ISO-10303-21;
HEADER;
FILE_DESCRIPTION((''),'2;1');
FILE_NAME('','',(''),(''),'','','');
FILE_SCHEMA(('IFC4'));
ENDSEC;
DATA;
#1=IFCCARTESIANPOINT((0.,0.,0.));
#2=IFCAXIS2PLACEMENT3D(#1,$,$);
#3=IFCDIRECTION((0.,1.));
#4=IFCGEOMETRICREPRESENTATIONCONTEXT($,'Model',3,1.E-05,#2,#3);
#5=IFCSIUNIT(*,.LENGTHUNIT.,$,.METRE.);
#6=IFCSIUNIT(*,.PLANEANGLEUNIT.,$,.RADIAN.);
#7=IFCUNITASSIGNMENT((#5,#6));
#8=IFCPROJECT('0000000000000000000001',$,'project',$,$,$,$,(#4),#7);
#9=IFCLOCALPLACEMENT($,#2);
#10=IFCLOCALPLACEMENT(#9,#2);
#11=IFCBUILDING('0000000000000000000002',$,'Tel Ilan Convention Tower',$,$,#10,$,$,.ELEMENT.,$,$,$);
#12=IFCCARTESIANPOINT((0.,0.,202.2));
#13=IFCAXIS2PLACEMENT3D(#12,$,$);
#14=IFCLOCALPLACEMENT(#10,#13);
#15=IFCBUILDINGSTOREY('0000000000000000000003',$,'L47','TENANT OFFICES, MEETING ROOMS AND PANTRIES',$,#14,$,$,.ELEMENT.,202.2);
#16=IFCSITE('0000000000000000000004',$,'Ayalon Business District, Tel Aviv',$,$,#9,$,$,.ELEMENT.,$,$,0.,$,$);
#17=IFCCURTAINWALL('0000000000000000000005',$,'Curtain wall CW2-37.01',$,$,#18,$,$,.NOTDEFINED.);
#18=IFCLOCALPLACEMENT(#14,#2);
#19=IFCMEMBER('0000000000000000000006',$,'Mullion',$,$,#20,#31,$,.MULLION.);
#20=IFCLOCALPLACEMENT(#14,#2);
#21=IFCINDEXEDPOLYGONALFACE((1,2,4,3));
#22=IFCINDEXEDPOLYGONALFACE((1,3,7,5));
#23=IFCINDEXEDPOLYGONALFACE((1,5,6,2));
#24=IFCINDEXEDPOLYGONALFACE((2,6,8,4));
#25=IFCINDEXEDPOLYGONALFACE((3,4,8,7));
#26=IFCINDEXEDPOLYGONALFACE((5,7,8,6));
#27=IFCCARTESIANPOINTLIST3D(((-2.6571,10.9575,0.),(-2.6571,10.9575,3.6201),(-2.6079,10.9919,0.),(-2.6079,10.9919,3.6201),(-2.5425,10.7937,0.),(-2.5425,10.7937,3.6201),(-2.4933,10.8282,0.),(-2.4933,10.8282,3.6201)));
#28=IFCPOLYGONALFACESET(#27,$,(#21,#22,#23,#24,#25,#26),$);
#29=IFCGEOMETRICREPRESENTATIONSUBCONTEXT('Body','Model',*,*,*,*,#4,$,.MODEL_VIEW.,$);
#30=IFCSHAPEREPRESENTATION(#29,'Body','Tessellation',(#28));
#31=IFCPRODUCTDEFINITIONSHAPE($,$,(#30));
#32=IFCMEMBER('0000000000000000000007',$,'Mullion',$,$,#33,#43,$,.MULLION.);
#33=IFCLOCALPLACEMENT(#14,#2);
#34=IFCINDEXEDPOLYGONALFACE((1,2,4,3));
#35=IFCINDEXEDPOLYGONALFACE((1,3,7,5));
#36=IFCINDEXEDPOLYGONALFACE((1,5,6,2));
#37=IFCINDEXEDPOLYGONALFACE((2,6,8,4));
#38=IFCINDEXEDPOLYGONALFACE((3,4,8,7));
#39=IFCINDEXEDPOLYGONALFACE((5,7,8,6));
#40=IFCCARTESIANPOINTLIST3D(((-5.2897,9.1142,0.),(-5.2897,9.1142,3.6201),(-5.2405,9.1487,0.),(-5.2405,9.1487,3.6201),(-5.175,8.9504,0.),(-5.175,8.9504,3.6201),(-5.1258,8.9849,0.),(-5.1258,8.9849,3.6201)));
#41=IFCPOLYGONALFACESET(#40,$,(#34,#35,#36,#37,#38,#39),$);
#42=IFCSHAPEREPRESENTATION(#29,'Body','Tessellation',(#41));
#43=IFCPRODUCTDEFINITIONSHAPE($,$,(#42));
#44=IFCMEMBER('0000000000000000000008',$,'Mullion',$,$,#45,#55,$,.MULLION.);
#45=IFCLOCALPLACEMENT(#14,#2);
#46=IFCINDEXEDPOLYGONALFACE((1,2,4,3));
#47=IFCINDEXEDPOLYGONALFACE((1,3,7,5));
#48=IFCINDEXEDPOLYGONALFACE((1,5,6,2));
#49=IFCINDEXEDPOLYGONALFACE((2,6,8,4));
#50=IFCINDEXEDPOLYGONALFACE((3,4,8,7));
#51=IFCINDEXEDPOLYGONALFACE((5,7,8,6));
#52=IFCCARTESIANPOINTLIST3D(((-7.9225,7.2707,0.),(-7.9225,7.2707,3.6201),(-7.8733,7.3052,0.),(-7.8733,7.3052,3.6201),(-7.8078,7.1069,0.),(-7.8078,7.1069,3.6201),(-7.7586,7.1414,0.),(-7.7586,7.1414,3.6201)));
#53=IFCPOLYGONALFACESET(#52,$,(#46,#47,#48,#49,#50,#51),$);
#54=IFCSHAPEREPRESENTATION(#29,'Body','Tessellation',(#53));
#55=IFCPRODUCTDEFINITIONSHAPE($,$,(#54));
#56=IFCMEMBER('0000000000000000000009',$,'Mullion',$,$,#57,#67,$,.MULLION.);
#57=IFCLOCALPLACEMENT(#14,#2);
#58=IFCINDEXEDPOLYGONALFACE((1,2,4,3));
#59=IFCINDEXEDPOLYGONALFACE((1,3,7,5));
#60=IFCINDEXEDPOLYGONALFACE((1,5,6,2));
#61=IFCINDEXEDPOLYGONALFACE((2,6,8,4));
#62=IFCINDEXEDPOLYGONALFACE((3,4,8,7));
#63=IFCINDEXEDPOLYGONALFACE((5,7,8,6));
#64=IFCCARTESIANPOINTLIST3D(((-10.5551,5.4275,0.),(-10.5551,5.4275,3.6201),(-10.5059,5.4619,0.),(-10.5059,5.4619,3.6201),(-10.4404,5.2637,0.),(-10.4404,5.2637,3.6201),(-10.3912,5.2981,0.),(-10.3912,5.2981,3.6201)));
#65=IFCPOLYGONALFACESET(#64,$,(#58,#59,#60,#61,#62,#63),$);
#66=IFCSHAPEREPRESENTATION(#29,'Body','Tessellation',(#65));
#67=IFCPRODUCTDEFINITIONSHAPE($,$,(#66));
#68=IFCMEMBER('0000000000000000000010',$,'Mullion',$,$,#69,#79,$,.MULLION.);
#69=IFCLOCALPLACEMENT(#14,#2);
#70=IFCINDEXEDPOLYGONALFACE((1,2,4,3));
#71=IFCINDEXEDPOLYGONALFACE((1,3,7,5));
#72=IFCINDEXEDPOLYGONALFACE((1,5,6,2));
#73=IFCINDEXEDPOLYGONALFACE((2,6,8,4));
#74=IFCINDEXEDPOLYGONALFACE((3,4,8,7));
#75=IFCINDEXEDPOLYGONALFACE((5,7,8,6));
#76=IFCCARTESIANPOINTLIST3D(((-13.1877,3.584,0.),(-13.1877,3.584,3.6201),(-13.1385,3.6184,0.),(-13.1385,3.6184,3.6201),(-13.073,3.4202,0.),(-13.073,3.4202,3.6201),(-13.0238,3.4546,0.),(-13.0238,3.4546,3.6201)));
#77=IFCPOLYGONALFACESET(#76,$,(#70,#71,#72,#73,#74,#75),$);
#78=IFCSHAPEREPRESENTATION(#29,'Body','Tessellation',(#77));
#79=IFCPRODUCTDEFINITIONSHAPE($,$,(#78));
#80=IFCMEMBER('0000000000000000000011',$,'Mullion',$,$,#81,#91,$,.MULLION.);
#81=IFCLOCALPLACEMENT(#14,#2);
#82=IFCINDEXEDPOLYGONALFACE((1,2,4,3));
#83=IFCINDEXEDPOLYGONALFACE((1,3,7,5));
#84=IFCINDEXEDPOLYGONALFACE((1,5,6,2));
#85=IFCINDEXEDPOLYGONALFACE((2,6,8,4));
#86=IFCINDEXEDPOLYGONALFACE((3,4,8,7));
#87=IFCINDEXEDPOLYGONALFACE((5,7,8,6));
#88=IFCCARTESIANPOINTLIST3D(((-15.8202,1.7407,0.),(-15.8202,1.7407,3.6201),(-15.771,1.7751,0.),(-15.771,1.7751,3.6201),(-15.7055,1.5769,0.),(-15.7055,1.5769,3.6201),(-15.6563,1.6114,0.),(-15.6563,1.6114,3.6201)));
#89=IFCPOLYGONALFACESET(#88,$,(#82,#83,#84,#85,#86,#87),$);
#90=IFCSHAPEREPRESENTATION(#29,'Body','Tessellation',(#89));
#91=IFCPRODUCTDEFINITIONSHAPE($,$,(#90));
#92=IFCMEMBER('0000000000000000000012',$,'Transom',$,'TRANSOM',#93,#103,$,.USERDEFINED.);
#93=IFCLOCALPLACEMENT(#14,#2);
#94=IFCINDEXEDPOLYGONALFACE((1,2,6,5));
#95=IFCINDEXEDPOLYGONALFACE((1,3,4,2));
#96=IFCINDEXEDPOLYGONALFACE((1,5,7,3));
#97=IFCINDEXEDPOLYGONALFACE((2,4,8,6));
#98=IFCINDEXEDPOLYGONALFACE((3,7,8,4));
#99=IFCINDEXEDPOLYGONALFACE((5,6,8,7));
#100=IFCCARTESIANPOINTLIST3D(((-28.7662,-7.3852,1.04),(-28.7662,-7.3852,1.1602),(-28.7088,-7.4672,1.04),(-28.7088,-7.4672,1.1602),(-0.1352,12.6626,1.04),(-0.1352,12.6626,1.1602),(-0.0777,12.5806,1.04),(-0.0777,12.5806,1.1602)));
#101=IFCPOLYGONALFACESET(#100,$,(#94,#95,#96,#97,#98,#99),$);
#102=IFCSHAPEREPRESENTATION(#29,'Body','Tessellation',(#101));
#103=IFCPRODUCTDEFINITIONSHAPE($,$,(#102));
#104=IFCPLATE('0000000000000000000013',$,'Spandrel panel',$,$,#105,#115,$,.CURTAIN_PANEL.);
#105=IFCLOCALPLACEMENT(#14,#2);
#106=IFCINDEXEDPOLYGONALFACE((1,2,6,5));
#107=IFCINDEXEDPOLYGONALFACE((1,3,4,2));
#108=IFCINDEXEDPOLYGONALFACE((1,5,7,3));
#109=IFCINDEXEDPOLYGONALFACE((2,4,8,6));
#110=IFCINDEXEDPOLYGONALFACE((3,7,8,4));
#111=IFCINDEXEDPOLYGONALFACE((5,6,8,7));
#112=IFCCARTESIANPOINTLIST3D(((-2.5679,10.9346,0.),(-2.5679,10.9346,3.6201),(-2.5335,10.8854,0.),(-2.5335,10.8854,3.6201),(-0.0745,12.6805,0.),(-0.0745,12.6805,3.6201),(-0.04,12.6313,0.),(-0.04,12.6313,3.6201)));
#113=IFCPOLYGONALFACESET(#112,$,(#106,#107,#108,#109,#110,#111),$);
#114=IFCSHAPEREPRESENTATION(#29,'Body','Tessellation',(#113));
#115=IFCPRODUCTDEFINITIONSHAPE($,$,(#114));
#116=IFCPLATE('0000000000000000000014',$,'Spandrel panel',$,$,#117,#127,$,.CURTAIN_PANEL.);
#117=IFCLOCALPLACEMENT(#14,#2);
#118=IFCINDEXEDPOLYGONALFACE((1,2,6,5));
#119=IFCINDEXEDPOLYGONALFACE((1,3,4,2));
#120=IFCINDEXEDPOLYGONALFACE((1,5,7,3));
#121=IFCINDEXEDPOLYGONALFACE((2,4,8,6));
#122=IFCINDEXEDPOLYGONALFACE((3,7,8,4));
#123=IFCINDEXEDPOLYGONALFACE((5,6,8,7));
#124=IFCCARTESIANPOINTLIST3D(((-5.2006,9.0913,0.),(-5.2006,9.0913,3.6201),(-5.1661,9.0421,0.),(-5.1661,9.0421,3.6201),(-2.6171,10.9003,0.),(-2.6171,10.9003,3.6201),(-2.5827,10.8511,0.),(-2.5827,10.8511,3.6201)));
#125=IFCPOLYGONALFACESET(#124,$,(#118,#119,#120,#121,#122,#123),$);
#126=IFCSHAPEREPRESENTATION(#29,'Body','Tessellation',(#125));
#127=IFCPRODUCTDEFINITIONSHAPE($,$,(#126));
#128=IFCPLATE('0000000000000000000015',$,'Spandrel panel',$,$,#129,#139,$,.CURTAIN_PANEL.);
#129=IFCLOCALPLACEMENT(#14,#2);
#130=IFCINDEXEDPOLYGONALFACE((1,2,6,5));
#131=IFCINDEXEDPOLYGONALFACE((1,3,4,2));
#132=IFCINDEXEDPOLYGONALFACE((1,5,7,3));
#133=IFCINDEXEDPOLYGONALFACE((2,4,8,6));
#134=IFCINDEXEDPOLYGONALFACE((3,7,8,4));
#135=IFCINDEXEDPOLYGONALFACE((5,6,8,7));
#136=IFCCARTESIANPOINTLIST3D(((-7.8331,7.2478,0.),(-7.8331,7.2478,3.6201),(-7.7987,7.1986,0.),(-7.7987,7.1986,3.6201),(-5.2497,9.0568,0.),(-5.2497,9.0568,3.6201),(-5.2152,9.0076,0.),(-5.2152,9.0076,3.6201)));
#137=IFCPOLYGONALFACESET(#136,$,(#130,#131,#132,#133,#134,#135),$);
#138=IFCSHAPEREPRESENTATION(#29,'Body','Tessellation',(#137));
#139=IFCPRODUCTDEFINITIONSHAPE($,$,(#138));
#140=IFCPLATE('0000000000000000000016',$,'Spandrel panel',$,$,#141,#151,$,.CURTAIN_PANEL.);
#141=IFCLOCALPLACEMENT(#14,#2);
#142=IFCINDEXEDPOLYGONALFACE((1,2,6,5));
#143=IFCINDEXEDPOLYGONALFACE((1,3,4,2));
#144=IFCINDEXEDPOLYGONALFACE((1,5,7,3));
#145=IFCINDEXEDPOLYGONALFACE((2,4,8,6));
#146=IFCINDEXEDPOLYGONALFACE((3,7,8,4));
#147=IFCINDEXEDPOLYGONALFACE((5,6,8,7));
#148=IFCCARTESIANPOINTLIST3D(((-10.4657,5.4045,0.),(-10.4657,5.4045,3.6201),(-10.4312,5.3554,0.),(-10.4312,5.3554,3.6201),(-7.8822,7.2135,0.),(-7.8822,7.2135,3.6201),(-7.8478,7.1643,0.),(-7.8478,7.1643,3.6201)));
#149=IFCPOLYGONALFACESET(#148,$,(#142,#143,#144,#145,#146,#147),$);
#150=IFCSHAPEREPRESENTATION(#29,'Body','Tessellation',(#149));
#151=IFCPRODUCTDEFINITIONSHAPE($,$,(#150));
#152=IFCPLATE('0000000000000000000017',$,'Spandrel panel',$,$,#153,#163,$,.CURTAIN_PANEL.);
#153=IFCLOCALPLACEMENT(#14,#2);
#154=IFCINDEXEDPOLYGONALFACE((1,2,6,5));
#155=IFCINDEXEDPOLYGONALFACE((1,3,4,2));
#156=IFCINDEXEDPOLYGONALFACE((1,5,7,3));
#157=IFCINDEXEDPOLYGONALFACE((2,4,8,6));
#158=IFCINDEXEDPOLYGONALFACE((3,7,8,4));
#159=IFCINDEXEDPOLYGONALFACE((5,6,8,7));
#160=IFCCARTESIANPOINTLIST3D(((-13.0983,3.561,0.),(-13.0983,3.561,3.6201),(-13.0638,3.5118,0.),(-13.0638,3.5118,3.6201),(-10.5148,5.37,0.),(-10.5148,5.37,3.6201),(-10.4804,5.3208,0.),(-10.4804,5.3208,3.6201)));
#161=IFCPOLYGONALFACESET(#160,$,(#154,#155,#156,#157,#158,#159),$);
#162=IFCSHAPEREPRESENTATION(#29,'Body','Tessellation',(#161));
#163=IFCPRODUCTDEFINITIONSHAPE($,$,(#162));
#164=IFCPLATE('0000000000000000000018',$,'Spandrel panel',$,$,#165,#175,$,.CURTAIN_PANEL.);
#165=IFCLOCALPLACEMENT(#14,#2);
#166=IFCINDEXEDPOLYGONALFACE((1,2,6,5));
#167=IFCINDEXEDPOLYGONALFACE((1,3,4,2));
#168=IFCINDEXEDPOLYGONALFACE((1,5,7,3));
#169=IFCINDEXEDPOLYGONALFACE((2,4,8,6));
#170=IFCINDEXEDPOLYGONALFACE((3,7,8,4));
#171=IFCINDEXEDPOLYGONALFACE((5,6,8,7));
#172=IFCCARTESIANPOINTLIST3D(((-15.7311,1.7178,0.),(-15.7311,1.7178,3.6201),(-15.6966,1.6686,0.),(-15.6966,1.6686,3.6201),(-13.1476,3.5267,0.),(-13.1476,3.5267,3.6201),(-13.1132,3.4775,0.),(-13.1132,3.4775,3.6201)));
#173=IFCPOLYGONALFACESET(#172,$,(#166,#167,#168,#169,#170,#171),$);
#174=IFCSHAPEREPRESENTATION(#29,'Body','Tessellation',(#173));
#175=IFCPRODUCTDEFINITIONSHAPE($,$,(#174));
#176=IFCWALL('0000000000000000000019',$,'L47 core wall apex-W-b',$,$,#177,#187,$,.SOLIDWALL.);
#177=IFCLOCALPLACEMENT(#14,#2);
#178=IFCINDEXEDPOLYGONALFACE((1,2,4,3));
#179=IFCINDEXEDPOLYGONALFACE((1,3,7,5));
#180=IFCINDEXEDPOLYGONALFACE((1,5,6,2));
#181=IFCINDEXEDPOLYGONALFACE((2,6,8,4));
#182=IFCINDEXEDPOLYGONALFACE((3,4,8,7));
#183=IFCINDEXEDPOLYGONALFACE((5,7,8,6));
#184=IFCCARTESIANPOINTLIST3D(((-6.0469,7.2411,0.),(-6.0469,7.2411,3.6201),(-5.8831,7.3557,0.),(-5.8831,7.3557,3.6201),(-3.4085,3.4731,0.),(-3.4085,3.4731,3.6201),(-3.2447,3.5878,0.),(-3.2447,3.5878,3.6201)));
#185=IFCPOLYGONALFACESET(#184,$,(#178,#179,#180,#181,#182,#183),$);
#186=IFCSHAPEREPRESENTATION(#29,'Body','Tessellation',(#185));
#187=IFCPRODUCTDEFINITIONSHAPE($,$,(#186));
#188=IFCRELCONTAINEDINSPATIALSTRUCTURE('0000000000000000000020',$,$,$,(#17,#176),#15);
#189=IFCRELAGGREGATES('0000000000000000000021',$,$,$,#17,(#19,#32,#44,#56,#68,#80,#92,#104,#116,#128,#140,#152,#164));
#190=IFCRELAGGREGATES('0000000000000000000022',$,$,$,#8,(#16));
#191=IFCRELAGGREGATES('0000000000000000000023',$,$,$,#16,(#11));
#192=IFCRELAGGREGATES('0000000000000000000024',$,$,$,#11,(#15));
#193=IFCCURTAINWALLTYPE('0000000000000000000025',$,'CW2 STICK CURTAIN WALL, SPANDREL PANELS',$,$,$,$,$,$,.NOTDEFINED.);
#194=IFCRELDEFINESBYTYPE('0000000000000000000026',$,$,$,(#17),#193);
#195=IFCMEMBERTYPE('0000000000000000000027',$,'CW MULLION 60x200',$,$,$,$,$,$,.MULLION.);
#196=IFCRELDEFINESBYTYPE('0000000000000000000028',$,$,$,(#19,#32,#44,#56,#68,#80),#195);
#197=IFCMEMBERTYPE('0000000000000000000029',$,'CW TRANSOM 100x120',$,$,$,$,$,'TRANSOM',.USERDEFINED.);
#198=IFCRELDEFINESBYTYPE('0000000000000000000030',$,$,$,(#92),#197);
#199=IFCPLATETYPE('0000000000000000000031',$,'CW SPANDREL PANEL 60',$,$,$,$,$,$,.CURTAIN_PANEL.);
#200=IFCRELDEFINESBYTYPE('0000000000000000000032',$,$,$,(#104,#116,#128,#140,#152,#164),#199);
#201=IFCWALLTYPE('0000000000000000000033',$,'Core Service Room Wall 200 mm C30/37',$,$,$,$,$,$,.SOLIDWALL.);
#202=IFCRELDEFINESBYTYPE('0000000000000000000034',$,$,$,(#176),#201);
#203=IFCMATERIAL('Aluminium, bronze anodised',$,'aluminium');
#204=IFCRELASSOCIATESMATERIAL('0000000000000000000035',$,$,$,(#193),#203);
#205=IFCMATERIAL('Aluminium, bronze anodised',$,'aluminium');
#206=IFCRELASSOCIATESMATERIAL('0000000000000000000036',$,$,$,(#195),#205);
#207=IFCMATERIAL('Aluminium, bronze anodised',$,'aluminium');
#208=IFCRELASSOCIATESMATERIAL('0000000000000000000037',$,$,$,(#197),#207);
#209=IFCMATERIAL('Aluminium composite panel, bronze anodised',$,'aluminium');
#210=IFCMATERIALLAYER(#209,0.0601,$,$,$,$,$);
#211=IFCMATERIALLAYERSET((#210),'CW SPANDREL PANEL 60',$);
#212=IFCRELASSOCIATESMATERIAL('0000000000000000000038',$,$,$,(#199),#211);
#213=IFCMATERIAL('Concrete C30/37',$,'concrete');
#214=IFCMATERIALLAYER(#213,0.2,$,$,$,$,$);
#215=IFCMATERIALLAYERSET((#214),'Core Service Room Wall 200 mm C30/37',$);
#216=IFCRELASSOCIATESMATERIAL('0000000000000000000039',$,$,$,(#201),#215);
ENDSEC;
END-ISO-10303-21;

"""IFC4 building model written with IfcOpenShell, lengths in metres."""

from ifc_helpers import new_model, si_unit, direction, frame, frame_2d, origin, origin_2d, place, context, subcontext, project, spatial, rectangle, extrude, material, layer, layer_set, material_profile, profile_set, type_object, element, aggregate, save


model = new_model("IFC4")

# Units and contexts
model_context = context("Model", 3, precision=1e-05, world=origin(), true_north=direction((0.0, 1.0)))
body_context = subcontext(model_context, "Body", "Model", "MODEL_VIEW")
ifc_project = project(units=[si_unit("LENGTHUNIT", "METRE"), si_unit("PLANEANGLEUNIT", "RADIAN")], contexts=[model_context])

# Site, building, storey
site_placement = place(None, origin())
site = spatial("IfcSite", under=ifc_project, at=site_placement, Name="Ayalon Business District, Tel Aviv", CompositionType="ELEMENT", RefElevation=0.0)
building_placement = place(site_placement, origin())
building = spatial("IfcBuilding", under=site, at=building_placement, Name="Tel Ilan Convention Tower", CompositionType="ELEMENT")
storey_placement = place(building_placement, frame((0.0, 0.0, 202.2)))
storey = spatial("IfcBuildingStorey", under=building, at=storey_placement, Name="L47", Description="TENANT OFFICES, MEETING ROOMS AND PANTRIES", CompositionType="ELEMENT", Elevation=202.2)

# Curtain wall, members, plates
ifc_material_1 = material(Name="Aluminium, bronze anodised", Category="aluminium")
curtain_wall_type = type_object("IfcCurtainWallType", Name="CW2 STICK CURTAIN WALL, SPANDREL PANELS", PredefinedType="NOTDEFINED", material=ifc_material_1)
curtain_wall_placement = place(storey_placement, origin())
curtain_wall = element("IfcCurtainWall", 1, at=curtain_wall_placement, inside=storey, type_object=curtain_wall_type, Name="Curtain wall CW2-37.01", PredefinedType="NOTDEFINED")
ifc_material_2 = material(Name="Aluminium, bronze anodised", Category="aluminium")
ifc_material_profile_1 = material_profile(ifc_material_2, rectangle(XDim=0.0601, YDim=0.2, at=origin_2d()), Name="CW MULLION 60x200")
ifc_profile_set_1 = profile_set([ifc_material_profile_1], Name="Aluminium, bronze anodised")
member_type_1 = type_object("IfcMemberType", Name="CW MULLION 60x200", PredefinedType="MULLION", material=ifc_profile_set_1)
member_1_placement = place(storey_placement, frame((-2.5752, 10.8928, 0.0), z_axis=(0.0, 0.0, 1.0), x_axis=(-0.819152, -0.573576, 0.0)))
member_1 = element("IfcMember", 2, at=member_1_placement, type_object=member_type_1, Name="Mullion", PredefinedType="MULLION", context=body_context, shape_type="SweptSolid", body=[
    extrude(rectangle(XDim=0.0601, YDim=0.2, at=origin_2d()), origin(), (0.0, 0.0, 1.0), 3.6201),
])
member_2_placement = place(storey_placement, frame((-5.2078, 9.0496, 0.0), z_axis=(0.0, 0.0, 1.0), x_axis=(-0.819152, -0.573576, 0.0)))
member_2 = element("IfcMember", 3, at=member_2_placement, type_object=member_type_1, Name="Mullion", PredefinedType="MULLION", context=body_context, shape_type="SweptSolid", body=[
    extrude(rectangle(XDim=0.0601, YDim=0.2, at=origin_2d()), origin(), (0.0, 0.0, 1.0), 3.6201),
])
member_3_placement = place(storey_placement, frame((-7.8406, 7.2061, 0.0), z_axis=(0.0, 0.0, 1.0), x_axis=(-0.819152, -0.573576, 0.0)))
member_3 = element("IfcMember", 4, at=member_3_placement, type_object=member_type_1, Name="Mullion", PredefinedType="MULLION", context=body_context, shape_type="SweptSolid", body=[
    extrude(rectangle(XDim=0.0601, YDim=0.2, at=origin_2d()), origin(), (0.0, 0.0, 1.0), 3.6201),
])
member_4_placement = place(storey_placement, frame((-10.4731, 5.3628, 0.0), z_axis=(0.0, 0.0, 1.0), x_axis=(-0.819152, -0.573576, 0.0)))
member_4 = element("IfcMember", 5, at=member_4_placement, type_object=member_type_1, Name="Mullion", PredefinedType="MULLION", context=body_context, shape_type="SweptSolid", body=[
    extrude(rectangle(XDim=0.0601, YDim=0.2, at=origin_2d()), origin(), (0.0, 0.0, 1.0), 3.6201),
])
member_5_placement = place(storey_placement, frame((-13.1057, 3.5193, 0.0), z_axis=(0.0, 0.0, 1.0), x_axis=(-0.819152, -0.573576, 0.0)))
member_5 = element("IfcMember", 6, at=member_5_placement, type_object=member_type_1, Name="Mullion", PredefinedType="MULLION", context=body_context, shape_type="SweptSolid", body=[
    extrude(rectangle(XDim=0.0601, YDim=0.2, at=origin_2d()), origin(), (0.0, 0.0, 1.0), 3.6201),
])
member_6_placement = place(storey_placement, frame((-15.7383, 1.676, 0.0), z_axis=(0.0, 0.0, 1.0), x_axis=(-0.819152, -0.573576, 0.0)))
member_6 = element("IfcMember", 7, at=member_6_placement, type_object=member_type_1, Name="Mullion", PredefinedType="MULLION", context=body_context, shape_type="SweptSolid", body=[
    extrude(rectangle(XDim=0.0601, YDim=0.2, at=origin_2d()), origin(), (0.0, 0.0, 1.0), 3.6201),
])
ifc_material_3 = material(Name="Aluminium, bronze anodised", Category="aluminium")
ifc_material_profile_2 = material_profile(ifc_material_3, rectangle(XDim=0.1001, YDim=0.1201, at=origin_2d()), Name="CW TRANSOM 100x120")
ifc_profile_set_2 = profile_set([ifc_material_profile_2], Name="Aluminium, bronze anodised")
member_type_2 = type_object("IfcMemberType", Name="CW TRANSOM 100x120", ElementType="TRANSOM", PredefinedType="USERDEFINED", material=ifc_profile_set_2)
member_7_placement = place(storey_placement, frame((-0.1064, 12.6216, 1.1001), z_axis=(-0.81915, -0.573579, 0.0), x_axis=(0.573579, -0.81915, 0.0)))
member_7 = element("IfcMember", 8, at=member_7_placement, type_object=member_type_2, Name="Transom", ObjectType="TRANSOM", PredefinedType="USERDEFINED", context=body_context, shape_type="SweptSolid", body=[
    extrude(rectangle(XDim=0.1001, YDim=0.1201, at=origin_2d()), origin(), (0.0, 0.0, 1.0), 34.9521),
])
ifc_material_4 = material(Name="Aluminium composite panel, bronze anodised", Category="aluminium")
ifc_layer_1 = layer(ifc_material_4, 0.0601)
ifc_layer_set_1 = layer_set([ifc_layer_1], Name="CW SPANDREL PANEL 60")
plate_type = type_object("IfcPlateType", Name="CW SPANDREL PANEL 60", PredefinedType="CURTAIN_PANEL", material=ifc_layer_set_1)
plate_1_placement = place(storey_placement, frame((-1.304, 11.783, 0.0), z_axis=(0.0, 0.0, 1.0), x_axis=(-0.819152, -0.573576, 0.0)))
plate_1 = element("IfcPlate", 9, at=plate_1_placement, type_object=plate_type, Name="Spandrel panel", PredefinedType="CURTAIN_PANEL", context=body_context, shape_type="SweptSolid", body=[
    extrude(rectangle(XDim=3.0439, YDim=0.0601, at=origin_2d()), origin(), (0.0, 0.0, 1.0), 3.6201),
])
plate_2_placement = place(storey_placement, frame((-3.8916, 9.9712, 0.0), z_axis=(0.0, 0.0, 1.0), x_axis=(-0.819152, -0.573576, 0.0)))
plate_2 = element("IfcPlate", 10, at=plate_2_placement, type_object=plate_type, Name="Spandrel panel", PredefinedType="CURTAIN_PANEL", context=body_context, shape_type="SweptSolid", body=[
    extrude(rectangle(XDim=3.1538, YDim=0.0601, at=origin_2d()), origin(), (0.0, 0.0, 1.0), 3.6201),
])
plate_3_placement = place(storey_placement, frame((-6.5242, 8.1277, 0.0), z_axis=(0.0, 0.0, 1.0), x_axis=(-0.819152, -0.573576, 0.0)))
plate_3 = element("IfcPlate", 11, at=plate_3_placement, type_object=plate_type, Name="Spandrel panel", PredefinedType="CURTAIN_PANEL", context=body_context, shape_type="SweptSolid", body=[
    extrude(rectangle(XDim=3.1538, YDim=0.0601, at=origin_2d()), origin(), (0.0, 0.0, 1.0), 3.6201),
])
plate_4_placement = place(storey_placement, frame((-9.1567, 6.2844, 0.0), z_axis=(0.0, 0.0, 1.0), x_axis=(-0.819152, -0.573576, 0.0)))
plate_4 = element("IfcPlate", 12, at=plate_4_placement, type_object=plate_type, Name="Spandrel panel", PredefinedType="CURTAIN_PANEL", context=body_context, shape_type="SweptSolid", body=[
    extrude(rectangle(XDim=3.1538, YDim=0.0601, at=origin_2d()), origin(), (0.0, 0.0, 1.0), 3.6201),
])
plate_5_placement = place(storey_placement, frame((-11.7893, 4.4409, 0.0), z_axis=(0.0, 0.0, 1.0), x_axis=(-0.819152, -0.573576, 0.0)))
plate_5 = element("IfcPlate", 13, at=plate_5_placement, type_object=plate_type, Name="Spandrel panel", PredefinedType="CURTAIN_PANEL", context=body_context, shape_type="SweptSolid", body=[
    extrude(rectangle(XDim=3.1538, YDim=0.0601, at=origin_2d()), origin(), (0.0, 0.0, 1.0), 3.6201),
])
plate_6_placement = place(storey_placement, frame((-14.4221, 2.5977, 0.0), z_axis=(0.0, 0.0, 1.0), x_axis=(-0.819152, -0.573576, 0.0)))
plate_6 = element("IfcPlate", 14, at=plate_6_placement, type_object=plate_type, Name="Spandrel panel", PredefinedType="CURTAIN_PANEL", context=body_context, shape_type="SweptSolid", body=[
    extrude(rectangle(XDim=3.1538, YDim=0.0601, at=origin_2d()), origin(), (0.0, 0.0, 1.0), 3.6201),
])
aggregate(curtain_wall, [member_1, member_2, member_3, member_4, member_5, member_6, member_7, plate_1, plate_2, plate_3, plate_4, plate_5, plate_6])

# Wall
ifc_material_5 = material(Name="Concrete C30/37", Category="concrete")
ifc_layer_2 = layer(ifc_material_5, 0.2)
ifc_layer_set_2 = layer_set([ifc_layer_2], Name="Core Service Room Wall 200 mm C30/37")
wall_type_1 = type_object("IfcWallType", Name="Core Service Room Wall 200 mm C30/37", PredefinedType="SOLIDWALL", material=ifc_layer_set_2)
wall_1_placement = place(storey_placement, frame((-3.3267, 3.5305, 0.0), z_axis=(0.0, 0.0, 1.0), x_axis=(-0.573576, 0.819152, 0.0)))
element("IfcWall", 15, at=wall_1_placement, inside=storey, type_object=wall_type_1, Name="L47 core wall apex-W-b", PredefinedType="SOLIDWALL", context=body_context, shape_type="SweptSolid", body=[
    extrude(rectangle(XDim=4.5999, YDim=0.2, at=frame_2d((2.2998, 0.0))), origin(), (0.0, 0.0, 1.0), 3.6201),
])

save(model, "model.ifc")
